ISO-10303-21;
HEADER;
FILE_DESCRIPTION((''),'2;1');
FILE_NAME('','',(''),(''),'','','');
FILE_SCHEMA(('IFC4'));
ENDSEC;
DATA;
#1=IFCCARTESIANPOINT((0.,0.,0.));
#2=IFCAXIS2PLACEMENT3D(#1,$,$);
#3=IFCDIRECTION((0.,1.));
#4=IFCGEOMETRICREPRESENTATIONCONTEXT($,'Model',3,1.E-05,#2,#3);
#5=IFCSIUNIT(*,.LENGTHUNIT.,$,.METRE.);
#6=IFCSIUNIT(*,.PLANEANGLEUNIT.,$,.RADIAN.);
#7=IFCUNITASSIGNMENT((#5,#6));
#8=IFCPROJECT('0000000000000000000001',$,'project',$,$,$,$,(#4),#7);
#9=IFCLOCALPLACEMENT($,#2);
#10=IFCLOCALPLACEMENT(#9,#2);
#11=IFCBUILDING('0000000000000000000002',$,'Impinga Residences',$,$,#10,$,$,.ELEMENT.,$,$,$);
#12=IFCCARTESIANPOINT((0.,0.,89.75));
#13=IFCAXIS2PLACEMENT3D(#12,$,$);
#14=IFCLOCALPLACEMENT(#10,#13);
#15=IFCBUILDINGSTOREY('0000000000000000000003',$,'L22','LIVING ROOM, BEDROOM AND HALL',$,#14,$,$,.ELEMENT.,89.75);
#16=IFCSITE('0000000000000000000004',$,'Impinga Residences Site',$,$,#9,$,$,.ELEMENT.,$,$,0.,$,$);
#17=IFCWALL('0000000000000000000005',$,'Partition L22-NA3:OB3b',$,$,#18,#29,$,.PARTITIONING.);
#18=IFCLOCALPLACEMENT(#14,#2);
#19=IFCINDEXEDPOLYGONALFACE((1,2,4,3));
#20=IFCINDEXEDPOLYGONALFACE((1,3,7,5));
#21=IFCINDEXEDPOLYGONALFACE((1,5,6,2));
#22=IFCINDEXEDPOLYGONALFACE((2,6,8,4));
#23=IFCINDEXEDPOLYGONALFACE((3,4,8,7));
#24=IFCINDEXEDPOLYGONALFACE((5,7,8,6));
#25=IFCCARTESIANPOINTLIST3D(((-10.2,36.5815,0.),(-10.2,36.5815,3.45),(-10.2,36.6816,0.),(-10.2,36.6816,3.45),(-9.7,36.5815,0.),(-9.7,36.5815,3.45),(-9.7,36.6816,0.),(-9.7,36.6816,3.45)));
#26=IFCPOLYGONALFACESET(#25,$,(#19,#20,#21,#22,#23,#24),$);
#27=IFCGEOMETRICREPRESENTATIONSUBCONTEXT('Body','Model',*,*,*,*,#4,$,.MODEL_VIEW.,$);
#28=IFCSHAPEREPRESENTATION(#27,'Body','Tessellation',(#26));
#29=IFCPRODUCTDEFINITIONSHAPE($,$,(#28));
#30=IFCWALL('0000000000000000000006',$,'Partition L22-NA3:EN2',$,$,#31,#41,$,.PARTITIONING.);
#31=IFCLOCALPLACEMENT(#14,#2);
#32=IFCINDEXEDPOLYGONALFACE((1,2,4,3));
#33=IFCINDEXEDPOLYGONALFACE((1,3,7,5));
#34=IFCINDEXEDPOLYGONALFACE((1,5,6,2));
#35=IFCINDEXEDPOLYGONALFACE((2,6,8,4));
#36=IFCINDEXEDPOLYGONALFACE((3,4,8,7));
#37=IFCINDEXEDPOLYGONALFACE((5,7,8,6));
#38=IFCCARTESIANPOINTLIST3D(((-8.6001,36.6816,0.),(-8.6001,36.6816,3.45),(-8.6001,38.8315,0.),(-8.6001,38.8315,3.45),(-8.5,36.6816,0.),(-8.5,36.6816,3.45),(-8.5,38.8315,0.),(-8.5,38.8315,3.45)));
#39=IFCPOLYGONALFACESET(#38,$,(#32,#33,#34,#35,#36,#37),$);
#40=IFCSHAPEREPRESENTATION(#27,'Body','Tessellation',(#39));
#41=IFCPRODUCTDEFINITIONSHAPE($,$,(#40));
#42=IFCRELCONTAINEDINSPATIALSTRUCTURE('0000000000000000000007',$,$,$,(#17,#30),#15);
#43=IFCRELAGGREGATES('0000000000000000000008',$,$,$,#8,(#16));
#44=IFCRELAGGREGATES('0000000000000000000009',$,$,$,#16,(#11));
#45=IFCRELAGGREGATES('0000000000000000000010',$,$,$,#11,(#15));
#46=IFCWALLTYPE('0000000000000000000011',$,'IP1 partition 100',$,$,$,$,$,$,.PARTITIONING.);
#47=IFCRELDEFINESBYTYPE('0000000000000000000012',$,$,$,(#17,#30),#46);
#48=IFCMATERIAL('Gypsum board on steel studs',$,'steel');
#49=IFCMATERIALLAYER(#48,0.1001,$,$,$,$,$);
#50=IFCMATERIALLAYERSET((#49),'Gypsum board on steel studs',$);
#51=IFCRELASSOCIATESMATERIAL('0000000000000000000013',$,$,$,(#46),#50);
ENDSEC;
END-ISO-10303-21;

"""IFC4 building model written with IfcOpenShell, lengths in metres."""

from ifc_helpers import new_model, si_unit, direction, frame, frame_2d, origin, place, context, subcontext, project, spatial, rectangle, extrude, material, layer, layer_set, type_object, element, save


model = new_model("IFC4")

# Units and contexts
model_context = context("Model", 3, precision=1e-05, world=origin(), true_north=direction((0.0, 1.0)))
body_context = subcontext(model_context, "Body", "Model", "MODEL_VIEW")
ifc_project = project(units=[si_unit("LENGTHUNIT", "METRE"), si_unit("PLANEANGLEUNIT", "RADIAN")], contexts=[model_context])

# Site, building, storey
site_placement = place(None, origin())
site = spatial("IfcSite", under=ifc_project, at=site_placement, Name="Impinga Residences Site", CompositionType="ELEMENT", RefElevation=0.0)
building_placement = place(site_placement, origin())
building = spatial("IfcBuilding", under=site, at=building_placement, Name="Impinga Residences", CompositionType="ELEMENT")
storey_placement = place(building_placement, frame((0.0, 0.0, 89.75)))
storey = spatial("IfcBuildingStorey", under=building, at=storey_placement, Name="L22", Description="LIVING ROOM, BEDROOM AND HALL", CompositionType="ELEMENT", Elevation=89.75)

# Shared definitions
ifc_material_1 = material(Name="Gypsum board on steel studs", Category="steel")
ifc_layer_1 = layer(ifc_material_1, 0.1001)
ifc_layer_set_1 = layer_set([ifc_layer_1], Name="Gypsum board on steel studs")
wall_type_1 = type_object("IfcWallType", Name="IP1 partition 100", PredefinedType="PARTITIONING", material=ifc_layer_set_1)

# Walls
wall_1_placement = place(storey_placement, frame((-9.7, 36.6316, 0.0), z_axis=(0.0, 0.0, 1.0), x_axis=(-1.0, 0.0, 0.0)))
element("IfcWall", 1, at=wall_1_placement, inside=storey, type_object=wall_type_1, Name="Partition L22-NA3:OB3b", PredefinedType="PARTITIONING", context=body_context, shape_type="SweptSolid", body=[
    extrude(rectangle(XDim=0.5, YDim=0.1001, at=frame_2d((0.25, 0.0))), origin(), (0.0, 0.0, 1.0), 3.45),
])
wall_2_placement = place(storey_placement, frame((-8.55, 36.6816, 0.0), z_axis=(0.0, 0.0, 1.0), x_axis=(0.0, 1.0, 0.0)))
element("IfcWall", 2, at=wall_2_placement, inside=storey, type_object=wall_type_1, Name="Partition L22-NA3:EN2", PredefinedType="PARTITIONING", context=body_context, shape_type="SweptSolid", body=[
    extrude(rectangle(XDim=2.1499, YDim=0.1001, at=frame_2d((1.075, 0.0))), origin(), (0.0, 0.0, 1.0), 3.45),
])

save(model, "model.ifc")
